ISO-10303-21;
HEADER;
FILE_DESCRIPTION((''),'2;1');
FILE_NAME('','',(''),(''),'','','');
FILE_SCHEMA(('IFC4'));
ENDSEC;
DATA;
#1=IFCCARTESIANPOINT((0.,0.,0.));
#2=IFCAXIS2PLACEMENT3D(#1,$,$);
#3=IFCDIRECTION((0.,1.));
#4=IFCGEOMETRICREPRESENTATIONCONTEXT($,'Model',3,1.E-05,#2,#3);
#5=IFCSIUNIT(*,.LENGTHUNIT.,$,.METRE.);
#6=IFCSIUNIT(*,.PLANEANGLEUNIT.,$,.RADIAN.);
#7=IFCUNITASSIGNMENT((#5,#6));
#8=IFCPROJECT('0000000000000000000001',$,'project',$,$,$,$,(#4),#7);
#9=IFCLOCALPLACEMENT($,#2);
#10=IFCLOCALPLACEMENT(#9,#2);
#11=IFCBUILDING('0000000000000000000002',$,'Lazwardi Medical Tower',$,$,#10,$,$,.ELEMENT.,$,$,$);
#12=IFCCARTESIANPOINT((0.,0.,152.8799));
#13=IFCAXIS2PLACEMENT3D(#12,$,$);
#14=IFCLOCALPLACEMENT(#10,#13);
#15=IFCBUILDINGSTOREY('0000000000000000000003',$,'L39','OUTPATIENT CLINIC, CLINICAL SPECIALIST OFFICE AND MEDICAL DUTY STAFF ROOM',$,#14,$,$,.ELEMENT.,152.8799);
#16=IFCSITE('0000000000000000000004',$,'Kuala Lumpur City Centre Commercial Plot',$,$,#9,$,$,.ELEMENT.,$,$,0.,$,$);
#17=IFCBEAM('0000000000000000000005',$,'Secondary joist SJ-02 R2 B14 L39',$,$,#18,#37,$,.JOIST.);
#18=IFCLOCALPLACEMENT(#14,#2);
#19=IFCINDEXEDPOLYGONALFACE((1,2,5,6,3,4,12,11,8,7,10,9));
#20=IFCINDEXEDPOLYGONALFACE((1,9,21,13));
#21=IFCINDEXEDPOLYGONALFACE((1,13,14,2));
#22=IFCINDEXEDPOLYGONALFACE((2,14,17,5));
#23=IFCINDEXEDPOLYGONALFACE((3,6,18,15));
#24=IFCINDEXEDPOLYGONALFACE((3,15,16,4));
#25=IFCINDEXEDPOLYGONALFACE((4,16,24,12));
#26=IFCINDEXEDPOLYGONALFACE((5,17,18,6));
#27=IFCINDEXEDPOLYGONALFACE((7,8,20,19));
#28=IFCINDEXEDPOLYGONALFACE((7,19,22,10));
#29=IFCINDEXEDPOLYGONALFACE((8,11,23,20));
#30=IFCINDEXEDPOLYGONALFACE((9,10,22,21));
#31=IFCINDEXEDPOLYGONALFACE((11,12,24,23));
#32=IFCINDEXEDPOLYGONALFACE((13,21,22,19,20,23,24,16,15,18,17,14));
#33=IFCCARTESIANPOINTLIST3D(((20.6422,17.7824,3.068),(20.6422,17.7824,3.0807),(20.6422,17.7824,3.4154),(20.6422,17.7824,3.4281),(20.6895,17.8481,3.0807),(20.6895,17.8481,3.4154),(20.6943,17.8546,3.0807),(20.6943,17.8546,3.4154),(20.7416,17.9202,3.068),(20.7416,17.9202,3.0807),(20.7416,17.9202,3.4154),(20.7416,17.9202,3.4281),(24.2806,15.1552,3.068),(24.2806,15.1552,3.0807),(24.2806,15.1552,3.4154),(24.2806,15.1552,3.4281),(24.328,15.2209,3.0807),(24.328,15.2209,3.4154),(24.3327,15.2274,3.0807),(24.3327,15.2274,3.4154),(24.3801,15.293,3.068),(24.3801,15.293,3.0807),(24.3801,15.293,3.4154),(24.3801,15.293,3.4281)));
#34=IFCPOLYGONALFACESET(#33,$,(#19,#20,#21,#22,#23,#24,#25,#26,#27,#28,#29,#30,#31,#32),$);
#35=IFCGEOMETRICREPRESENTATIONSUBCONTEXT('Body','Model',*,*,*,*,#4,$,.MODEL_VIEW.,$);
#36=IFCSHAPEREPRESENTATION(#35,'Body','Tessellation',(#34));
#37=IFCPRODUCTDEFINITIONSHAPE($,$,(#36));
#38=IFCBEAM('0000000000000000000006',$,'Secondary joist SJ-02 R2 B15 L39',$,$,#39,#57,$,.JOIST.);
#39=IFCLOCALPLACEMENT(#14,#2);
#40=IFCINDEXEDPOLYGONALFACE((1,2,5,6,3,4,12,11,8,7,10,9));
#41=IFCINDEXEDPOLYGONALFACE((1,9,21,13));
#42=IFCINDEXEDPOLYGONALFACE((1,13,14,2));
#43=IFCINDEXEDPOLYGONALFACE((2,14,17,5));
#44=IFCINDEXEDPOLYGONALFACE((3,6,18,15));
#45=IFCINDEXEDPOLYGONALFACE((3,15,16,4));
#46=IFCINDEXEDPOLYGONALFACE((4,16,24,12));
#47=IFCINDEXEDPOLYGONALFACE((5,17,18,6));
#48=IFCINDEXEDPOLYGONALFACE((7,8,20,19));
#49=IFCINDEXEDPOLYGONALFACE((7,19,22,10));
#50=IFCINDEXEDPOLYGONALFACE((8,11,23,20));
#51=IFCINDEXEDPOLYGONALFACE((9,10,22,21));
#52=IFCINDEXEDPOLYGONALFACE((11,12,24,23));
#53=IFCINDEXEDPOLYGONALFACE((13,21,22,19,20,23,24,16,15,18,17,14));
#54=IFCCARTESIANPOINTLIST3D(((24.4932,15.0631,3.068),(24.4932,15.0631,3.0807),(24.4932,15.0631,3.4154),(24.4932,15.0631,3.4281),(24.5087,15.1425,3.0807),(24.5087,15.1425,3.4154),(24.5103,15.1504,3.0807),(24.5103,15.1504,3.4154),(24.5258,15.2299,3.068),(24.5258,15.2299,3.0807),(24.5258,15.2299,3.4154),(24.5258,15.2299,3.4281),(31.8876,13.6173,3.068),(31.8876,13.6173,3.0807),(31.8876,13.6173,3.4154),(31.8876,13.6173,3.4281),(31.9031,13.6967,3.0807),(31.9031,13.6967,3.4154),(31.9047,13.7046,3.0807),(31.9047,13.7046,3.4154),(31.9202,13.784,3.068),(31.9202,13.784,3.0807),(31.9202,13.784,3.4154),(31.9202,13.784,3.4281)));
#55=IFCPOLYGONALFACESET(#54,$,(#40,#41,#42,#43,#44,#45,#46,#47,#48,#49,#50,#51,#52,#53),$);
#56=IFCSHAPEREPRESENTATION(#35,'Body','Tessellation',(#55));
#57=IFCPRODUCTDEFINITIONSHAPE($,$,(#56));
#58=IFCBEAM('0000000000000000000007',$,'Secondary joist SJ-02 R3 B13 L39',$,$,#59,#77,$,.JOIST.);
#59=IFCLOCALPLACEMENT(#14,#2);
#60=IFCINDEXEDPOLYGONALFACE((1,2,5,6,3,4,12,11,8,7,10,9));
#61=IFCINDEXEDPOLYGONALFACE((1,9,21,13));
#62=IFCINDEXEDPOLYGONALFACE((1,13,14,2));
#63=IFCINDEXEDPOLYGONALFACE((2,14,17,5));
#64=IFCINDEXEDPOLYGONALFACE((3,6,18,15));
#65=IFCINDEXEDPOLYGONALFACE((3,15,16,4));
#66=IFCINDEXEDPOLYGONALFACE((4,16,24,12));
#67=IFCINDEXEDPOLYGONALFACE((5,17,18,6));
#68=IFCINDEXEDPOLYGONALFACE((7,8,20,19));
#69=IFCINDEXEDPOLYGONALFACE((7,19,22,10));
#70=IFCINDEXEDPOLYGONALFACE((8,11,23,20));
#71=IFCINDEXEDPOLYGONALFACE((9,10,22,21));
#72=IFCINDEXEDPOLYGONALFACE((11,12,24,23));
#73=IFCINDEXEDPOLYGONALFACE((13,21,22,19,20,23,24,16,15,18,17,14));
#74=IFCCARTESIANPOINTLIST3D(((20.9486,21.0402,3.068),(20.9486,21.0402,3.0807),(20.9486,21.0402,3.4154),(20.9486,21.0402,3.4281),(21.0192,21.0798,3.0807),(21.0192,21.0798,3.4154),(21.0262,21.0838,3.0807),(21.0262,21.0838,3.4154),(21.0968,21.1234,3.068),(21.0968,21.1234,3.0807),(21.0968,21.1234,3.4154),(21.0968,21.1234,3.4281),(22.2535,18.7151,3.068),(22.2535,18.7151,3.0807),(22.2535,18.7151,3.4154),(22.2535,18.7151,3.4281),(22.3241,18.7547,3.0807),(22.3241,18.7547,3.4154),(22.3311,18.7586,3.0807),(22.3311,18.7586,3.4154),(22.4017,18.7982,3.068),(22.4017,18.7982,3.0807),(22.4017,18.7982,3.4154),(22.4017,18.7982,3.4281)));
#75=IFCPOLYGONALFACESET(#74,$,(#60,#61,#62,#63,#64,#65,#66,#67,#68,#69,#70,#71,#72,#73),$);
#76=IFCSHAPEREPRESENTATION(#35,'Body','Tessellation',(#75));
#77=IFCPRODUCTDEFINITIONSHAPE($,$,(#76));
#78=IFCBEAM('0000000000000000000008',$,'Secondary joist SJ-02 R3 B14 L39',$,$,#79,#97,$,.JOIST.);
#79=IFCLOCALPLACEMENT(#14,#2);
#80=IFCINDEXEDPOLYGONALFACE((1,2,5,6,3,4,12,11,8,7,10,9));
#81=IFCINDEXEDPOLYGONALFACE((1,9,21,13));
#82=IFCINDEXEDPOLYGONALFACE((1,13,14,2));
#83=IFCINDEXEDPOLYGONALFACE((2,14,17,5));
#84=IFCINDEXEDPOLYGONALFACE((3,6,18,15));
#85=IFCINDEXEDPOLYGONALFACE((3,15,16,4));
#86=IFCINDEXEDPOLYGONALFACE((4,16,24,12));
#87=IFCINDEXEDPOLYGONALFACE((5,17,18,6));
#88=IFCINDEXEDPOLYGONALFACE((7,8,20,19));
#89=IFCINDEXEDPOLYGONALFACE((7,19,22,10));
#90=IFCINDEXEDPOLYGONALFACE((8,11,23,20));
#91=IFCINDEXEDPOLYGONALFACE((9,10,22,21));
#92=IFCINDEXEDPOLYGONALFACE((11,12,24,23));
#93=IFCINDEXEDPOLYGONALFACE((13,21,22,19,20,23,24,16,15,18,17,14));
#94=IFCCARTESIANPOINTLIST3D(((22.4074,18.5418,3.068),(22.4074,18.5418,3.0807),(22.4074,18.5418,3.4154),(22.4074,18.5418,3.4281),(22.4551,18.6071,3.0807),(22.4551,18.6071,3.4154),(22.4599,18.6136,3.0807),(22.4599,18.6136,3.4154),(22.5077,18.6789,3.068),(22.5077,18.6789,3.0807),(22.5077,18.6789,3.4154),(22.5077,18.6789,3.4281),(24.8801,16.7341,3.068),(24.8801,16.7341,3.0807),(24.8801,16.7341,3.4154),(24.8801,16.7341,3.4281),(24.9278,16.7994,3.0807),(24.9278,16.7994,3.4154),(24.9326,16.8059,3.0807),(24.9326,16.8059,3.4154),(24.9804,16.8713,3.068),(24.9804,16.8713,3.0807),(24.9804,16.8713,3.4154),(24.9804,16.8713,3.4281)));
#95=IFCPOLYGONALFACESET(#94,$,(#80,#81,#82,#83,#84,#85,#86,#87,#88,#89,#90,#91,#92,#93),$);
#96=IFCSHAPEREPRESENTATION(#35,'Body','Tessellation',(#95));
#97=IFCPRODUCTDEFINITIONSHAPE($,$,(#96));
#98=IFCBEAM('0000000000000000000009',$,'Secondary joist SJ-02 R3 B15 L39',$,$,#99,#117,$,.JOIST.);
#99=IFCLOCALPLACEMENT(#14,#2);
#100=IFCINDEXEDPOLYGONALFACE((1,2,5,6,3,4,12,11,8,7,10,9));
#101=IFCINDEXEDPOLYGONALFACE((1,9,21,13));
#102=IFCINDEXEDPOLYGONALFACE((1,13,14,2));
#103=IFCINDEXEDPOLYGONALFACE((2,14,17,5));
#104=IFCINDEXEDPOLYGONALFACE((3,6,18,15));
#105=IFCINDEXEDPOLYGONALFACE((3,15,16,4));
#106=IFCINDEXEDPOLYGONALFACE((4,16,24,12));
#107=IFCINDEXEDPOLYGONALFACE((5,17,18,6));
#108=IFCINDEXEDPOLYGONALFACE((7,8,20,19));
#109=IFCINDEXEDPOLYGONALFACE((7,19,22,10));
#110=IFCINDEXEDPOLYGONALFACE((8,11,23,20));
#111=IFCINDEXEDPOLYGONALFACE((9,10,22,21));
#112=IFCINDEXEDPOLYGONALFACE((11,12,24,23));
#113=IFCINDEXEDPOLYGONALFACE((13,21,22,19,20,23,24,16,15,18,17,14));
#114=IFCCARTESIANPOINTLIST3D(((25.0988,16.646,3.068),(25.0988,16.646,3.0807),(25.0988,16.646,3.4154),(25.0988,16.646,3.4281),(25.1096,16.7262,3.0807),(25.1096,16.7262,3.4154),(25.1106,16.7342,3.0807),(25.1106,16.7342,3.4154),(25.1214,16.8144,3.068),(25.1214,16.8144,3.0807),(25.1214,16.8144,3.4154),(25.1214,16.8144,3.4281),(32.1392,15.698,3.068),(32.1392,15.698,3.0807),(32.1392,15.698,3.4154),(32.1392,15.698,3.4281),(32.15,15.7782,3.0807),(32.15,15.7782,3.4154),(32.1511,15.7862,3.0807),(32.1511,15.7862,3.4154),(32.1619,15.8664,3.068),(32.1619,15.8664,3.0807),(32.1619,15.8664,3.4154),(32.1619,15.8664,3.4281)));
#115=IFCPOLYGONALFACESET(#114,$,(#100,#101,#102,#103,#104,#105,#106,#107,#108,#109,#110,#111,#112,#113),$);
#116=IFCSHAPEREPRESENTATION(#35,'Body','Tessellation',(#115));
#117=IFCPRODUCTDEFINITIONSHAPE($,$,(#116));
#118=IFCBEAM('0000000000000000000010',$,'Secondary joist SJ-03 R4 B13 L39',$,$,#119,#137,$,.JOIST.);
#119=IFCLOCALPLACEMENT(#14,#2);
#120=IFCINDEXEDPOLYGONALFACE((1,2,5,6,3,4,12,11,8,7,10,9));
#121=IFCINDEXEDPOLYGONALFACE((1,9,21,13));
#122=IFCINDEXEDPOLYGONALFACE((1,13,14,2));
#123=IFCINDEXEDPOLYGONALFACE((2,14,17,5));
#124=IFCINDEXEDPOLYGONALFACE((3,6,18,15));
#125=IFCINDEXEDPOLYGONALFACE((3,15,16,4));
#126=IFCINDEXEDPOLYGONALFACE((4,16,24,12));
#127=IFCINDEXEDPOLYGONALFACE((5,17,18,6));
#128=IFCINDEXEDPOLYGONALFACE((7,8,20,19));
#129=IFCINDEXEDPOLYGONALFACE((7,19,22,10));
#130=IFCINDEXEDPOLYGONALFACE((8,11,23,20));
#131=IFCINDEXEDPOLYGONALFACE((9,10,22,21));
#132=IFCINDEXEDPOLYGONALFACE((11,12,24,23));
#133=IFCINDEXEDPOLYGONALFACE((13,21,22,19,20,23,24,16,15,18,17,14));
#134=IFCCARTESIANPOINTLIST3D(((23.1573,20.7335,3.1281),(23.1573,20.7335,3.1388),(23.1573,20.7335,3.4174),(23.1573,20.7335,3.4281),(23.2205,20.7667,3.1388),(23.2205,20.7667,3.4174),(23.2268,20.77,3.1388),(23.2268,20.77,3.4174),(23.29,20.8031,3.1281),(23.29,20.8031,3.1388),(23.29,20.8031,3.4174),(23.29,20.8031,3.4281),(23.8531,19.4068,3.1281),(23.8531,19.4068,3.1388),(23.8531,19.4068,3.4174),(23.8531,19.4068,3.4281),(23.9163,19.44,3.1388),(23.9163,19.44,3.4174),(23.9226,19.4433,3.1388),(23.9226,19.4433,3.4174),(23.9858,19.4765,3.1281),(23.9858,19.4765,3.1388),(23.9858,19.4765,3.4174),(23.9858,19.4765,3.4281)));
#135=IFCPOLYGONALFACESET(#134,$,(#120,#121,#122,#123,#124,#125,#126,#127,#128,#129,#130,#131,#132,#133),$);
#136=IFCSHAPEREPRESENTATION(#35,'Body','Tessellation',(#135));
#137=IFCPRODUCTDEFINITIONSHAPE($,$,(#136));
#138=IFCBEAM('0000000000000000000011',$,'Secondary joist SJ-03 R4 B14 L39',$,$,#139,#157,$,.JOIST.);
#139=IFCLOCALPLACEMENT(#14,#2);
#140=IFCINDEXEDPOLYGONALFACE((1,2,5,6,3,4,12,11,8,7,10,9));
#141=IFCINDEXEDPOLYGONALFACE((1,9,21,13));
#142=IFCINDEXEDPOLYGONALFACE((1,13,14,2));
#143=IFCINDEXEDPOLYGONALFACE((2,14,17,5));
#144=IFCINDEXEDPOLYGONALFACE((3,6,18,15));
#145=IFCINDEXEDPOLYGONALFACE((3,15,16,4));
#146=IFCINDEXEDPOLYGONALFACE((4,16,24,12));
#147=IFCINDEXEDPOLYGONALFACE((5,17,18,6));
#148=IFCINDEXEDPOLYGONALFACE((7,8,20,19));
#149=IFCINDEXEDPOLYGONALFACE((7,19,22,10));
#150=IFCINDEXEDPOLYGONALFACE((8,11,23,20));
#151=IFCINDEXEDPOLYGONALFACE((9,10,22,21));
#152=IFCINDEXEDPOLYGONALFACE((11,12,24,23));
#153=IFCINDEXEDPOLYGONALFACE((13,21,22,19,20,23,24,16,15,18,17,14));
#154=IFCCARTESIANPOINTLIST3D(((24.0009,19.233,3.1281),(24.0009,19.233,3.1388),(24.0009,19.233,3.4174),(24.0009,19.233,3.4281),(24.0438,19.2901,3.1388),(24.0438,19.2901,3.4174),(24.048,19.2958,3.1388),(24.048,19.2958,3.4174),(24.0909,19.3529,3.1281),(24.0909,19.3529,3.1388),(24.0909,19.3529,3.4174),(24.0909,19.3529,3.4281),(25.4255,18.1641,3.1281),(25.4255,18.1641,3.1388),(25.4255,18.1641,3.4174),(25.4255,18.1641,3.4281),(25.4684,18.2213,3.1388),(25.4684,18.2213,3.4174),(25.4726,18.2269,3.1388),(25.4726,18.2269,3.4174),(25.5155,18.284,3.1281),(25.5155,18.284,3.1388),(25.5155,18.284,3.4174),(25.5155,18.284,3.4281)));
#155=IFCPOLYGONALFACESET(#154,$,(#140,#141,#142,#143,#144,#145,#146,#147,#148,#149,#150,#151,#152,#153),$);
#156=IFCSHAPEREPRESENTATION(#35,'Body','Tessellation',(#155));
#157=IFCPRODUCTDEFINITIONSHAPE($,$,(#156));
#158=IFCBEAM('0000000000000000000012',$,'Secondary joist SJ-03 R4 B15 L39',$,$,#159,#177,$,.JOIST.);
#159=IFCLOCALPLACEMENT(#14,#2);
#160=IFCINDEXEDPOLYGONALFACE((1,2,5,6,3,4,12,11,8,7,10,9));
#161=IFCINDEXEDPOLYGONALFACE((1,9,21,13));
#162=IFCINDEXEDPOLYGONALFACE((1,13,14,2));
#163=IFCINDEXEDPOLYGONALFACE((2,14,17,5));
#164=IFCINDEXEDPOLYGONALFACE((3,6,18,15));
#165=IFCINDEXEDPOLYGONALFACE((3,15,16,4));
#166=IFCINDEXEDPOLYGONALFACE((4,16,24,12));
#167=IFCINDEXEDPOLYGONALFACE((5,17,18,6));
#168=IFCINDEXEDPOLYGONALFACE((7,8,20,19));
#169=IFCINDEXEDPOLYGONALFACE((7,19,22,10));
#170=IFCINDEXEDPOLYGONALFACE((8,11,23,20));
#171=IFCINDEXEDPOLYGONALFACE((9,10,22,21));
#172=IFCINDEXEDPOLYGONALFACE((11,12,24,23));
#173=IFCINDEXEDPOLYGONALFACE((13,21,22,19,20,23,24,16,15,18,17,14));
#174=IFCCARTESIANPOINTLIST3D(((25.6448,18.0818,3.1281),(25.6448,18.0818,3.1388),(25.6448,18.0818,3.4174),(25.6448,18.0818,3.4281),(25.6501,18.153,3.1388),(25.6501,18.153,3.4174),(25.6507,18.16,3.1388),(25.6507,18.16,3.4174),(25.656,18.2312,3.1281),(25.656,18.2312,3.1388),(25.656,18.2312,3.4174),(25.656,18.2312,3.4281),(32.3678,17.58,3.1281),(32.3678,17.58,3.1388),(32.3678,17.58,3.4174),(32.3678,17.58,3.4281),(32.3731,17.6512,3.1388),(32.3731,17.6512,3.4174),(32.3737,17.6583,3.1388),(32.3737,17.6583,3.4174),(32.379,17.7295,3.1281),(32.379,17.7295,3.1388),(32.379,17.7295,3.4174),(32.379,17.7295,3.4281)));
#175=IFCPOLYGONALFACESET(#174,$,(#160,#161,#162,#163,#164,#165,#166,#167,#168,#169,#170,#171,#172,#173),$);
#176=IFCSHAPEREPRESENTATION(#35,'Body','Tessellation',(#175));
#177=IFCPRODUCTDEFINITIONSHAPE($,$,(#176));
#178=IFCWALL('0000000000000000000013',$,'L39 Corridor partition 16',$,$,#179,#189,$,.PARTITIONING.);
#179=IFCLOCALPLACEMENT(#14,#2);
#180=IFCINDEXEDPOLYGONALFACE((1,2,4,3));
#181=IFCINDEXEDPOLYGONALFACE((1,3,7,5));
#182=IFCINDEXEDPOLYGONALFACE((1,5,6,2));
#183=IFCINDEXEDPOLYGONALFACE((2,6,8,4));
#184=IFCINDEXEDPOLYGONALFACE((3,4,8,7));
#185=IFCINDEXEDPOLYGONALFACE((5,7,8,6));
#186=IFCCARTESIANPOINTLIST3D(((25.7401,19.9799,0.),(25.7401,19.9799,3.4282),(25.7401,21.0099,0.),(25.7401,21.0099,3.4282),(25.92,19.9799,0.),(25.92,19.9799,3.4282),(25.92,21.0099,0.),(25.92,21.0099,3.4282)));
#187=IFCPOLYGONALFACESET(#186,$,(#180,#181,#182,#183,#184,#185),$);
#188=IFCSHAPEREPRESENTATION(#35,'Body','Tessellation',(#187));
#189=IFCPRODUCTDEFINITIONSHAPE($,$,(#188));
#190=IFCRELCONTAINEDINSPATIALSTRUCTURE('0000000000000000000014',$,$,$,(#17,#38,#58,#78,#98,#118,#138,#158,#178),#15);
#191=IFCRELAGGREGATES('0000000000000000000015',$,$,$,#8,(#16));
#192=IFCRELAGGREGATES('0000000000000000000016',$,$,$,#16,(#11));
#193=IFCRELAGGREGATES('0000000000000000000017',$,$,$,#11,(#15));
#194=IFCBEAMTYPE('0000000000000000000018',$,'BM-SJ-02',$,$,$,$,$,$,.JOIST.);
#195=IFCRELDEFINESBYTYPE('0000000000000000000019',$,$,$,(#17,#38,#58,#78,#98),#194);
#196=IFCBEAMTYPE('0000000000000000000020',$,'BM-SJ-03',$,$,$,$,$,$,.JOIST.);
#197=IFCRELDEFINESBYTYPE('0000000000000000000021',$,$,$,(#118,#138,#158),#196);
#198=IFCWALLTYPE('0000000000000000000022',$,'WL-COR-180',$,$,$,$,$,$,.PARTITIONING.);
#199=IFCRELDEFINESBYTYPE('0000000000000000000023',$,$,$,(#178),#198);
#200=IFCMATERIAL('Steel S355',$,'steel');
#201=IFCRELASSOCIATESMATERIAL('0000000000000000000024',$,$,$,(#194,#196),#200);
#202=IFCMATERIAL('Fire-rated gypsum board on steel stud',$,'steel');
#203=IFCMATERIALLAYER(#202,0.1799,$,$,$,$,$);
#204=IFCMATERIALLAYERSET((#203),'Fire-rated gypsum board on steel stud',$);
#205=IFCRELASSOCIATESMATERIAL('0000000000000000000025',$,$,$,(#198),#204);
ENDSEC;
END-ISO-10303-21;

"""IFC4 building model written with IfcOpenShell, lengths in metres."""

from ifc_helpers import new_model, si_unit, direction, frame, frame_2d, origin, origin_2d, place, context, subcontext, project, spatial, rectangle, i_section, extrude, material, layer, layer_set, material_profile, profile_set, type_object, element, save


model = new_model("IFC4")

# Units and contexts
model_context = context("Model", 3, precision=1e-05, world=origin(), true_north=direction((0.0, 1.0)))
body_context = subcontext(model_context, "Body", "Model", "MODEL_VIEW")
ifc_project = project(units=[si_unit("LENGTHUNIT", "METRE"), si_unit("PLANEANGLEUNIT", "RADIAN")], contexts=[model_context])

# Site, building, storey
site_placement = place(None, origin())
site = spatial("IfcSite", under=ifc_project, at=site_placement, Name="Kuala Lumpur City Centre Commercial Plot", CompositionType="ELEMENT", RefElevation=0.0)
building_placement = place(site_placement, origin())
building = spatial("IfcBuilding", under=site, at=building_placement, Name="Lazwardi Medical Tower", CompositionType="ELEMENT")
storey_placement = place(building_placement, frame((0.0, 0.0, 152.8799)))
storey = spatial("IfcBuildingStorey", under=building, at=storey_placement, Name="L39", Description="OUTPATIENT CLINIC, CLINICAL SPECIALIST OFFICE AND MEDICAL DUTY STAFF ROOM", CompositionType="ELEMENT", Elevation=152.8799)

# Beams
ifc_material_1 = material(Name="Steel S355", Category="steel")
ifc_material_profile_1 = material_profile(ifc_material_1, i_section(OverallWidth=0.1699, OverallDepth=0.3601, WebThickness=0.0081, FlangeThickness=0.0127, at=origin_2d()), Name="IPE 360")
ifc_profile_set_1 = profile_set([ifc_material_profile_1], Name="Steel S355")
beam_type_1 = type_object("IfcBeamType", Name="BM-SJ-02", PredefinedType="JOIST", material=ifc_profile_set_1)
beam_1_placement = place(storey_placement, frame((20.6919, 17.8513, 3.248), z_axis=(0.810738, -0.585409, 0.0), x_axis=(0.585409, 0.810738, 0.0)))
element("IfcBeam", 1, at=beam_1_placement, inside=storey, type_object=beam_type_1, Name="Secondary joist SJ-02 R2 B14 L39", PredefinedType="JOIST", context=body_context, shape_type="SweptSolid", body=[
    extrude(i_section(OverallWidth=0.1699, OverallDepth=0.3601, WebThickness=0.0081, FlangeThickness=0.0127, at=origin_2d()), origin(), (0.0, 0.0, 1.0), 4.4878),
])
beam_2_placement = place(storey_placement, frame((24.5095, 15.1465, 3.248), z_axis=(0.981415, -0.191896, 0.0), x_axis=(0.191896, 0.981415, 0.0)))
element("IfcBeam", 2, at=beam_2_placement, inside=storey, type_object=beam_type_1, Name="Secondary joist SJ-02 R2 B15 L39", PredefinedType="JOIST", context=body_context, shape_type="SweptSolid", body=[
    extrude(i_section(OverallWidth=0.1699, OverallDepth=0.3601, WebThickness=0.0081, FlangeThickness=0.0127, at=origin_2d()), origin(), (0.0, 0.0, 1.0), 7.5344),
])
beam_3_placement = place(storey_placement, frame((21.0227, 21.0818, 3.248), z_axis=(0.489409, -0.872054, 0.0), x_axis=(0.872054, 0.489409, 0.0)))
element("IfcBeam", 3, at=beam_3_placement, inside=storey, type_object=beam_type_1, Name="Secondary joist SJ-02 R3 B13 L39", PredefinedType="JOIST", context=body_context, shape_type="SweptSolid", body=[
    extrude(i_section(OverallWidth=0.1699, OverallDepth=0.3601, WebThickness=0.0081, FlangeThickness=0.0127, at=origin_2d()), origin(), (0.0, 0.0, 1.0), 2.6663),
])
beam_4_placement = place(storey_placement, frame((22.4575, 18.6104, 3.248), z_axis=(0.807286, -0.59016, 0.0), x_axis=(0.59016, 0.807286, 0.0)))
element("IfcBeam", 4, at=beam_4_placement, inside=storey, type_object=beam_type_1, Name="Secondary joist SJ-02 R3 B14 L39", PredefinedType="JOIST", context=body_context, shape_type="SweptSolid", body=[
    extrude(i_section(OverallWidth=0.1699, OverallDepth=0.3601, WebThickness=0.0081, FlangeThickness=0.0127, at=origin_2d()), origin(), (0.0, 0.0, 1.0), 3.063),
])
beam_5_placement = place(storey_placement, frame((25.1101, 16.7302, 3.248), z_axis=(0.991056, -0.133444, 0.0), x_axis=(0.133444, 0.991056, 0.0)))
element("IfcBeam", 5, at=beam_5_placement, inside=storey, type_object=beam_type_1, Name="Secondary joist SJ-02 R3 B15 L39", PredefinedType="JOIST", context=body_context, shape_type="SweptSolid", body=[
    extrude(i_section(OverallWidth=0.1699, OverallDepth=0.3601, WebThickness=0.0081, FlangeThickness=0.0127, at=origin_2d()), origin(), (0.0, 0.0, 1.0), 7.104),
])
ifc_material_profile_2 = material_profile(ifc_material_1, i_section(OverallWidth=0.1499, OverallDepth=0.3, WebThickness=0.0071, FlangeThickness=0.0107, at=origin_2d()), Name="IPE 300")
ifc_profile_set_2 = profile_set([ifc_material_profile_2], Name="Steel S355")
beam_type_2 = type_object("IfcBeamType", Name="BM-SJ-03", PredefinedType="JOIST", material=ifc_profile_set_2)
beam_6_placement = place(storey_placement, frame((23.2236, 20.7683, 3.2781), z_axis=(0.46447, -0.885589, 0.0), x_axis=(0.885589, 0.46447, 0.0)))
element("IfcBeam", 6, at=beam_6_placement, inside=storey, type_object=beam_type_2, Name="Secondary joist SJ-03 R4 B13 L39", PredefinedType="JOIST", context=body_context, shape_type="SweptSolid", body=[
    extrude(i_section(OverallWidth=0.1499, OverallDepth=0.3, WebThickness=0.0071, FlangeThickness=0.0107, at=origin_2d()), origin(), (0.0, 0.0, 1.0), 1.498),
])
beam_7_placement = place(storey_placement, frame((24.0459, 19.293, 3.2781), z_axis=(0.799885, -0.600154, 0.0), x_axis=(0.600154, 0.799885, 0.0)))
element("IfcBeam", 7, at=beam_7_placement, inside=storey, type_object=beam_type_2, Name="Secondary joist SJ-03 R4 B14 L39", PredefinedType="JOIST", context=body_context, shape_type="SweptSolid", body=[
    extrude(i_section(OverallWidth=0.1499, OverallDepth=0.3, WebThickness=0.0071, FlangeThickness=0.0107, at=origin_2d()), origin(), (0.0, 0.0, 1.0), 1.781),
])
beam_8_placement = place(storey_placement, frame((25.6504, 18.1565, 3.2781), z_axis=(0.997227, -0.07442, 0.0), x_axis=(0.07442, 0.997227, 0.0)))
element("IfcBeam", 8, at=beam_8_placement, inside=storey, type_object=beam_type_2, Name="Secondary joist SJ-03 R4 B15 L39", PredefinedType="JOIST", context=body_context, shape_type="SweptSolid", body=[
    extrude(i_section(OverallWidth=0.1499, OverallDepth=0.3, WebThickness=0.0071, FlangeThickness=0.0107, at=origin_2d()), origin(), (0.0, 0.0, 1.0), 6.7417),
])

# Wall
ifc_material_2 = material(Name="Fire-rated gypsum board on steel stud", Category="steel")
ifc_layer_1 = layer(ifc_material_2, 0.1799)
ifc_layer_set_1 = layer_set([ifc_layer_1], Name="Fire-rated gypsum board on steel stud")
wall_type_1 = type_object("IfcWallType", Name="WL-COR-180", PredefinedType="PARTITIONING", material=ifc_layer_set_1)
wall_1_placement = place(storey_placement, frame((25.8301, 21.01, 0.0), z_axis=(0.0, 0.0, 1.0), x_axis=(0.0, -1.0, 0.0)))
element("IfcWall", 9, at=wall_1_placement, inside=storey, type_object=wall_type_1, Name="L39 Corridor partition 16", PredefinedType="PARTITIONING", context=body_context, shape_type="SweptSolid", body=[
    extrude(rectangle(XDim=1.03, YDim=0.1799, at=frame_2d((0.5151, 0.0))), origin(), (0.0, 0.0, 1.0), 3.4282),
])

save(model, "model.ifc")
